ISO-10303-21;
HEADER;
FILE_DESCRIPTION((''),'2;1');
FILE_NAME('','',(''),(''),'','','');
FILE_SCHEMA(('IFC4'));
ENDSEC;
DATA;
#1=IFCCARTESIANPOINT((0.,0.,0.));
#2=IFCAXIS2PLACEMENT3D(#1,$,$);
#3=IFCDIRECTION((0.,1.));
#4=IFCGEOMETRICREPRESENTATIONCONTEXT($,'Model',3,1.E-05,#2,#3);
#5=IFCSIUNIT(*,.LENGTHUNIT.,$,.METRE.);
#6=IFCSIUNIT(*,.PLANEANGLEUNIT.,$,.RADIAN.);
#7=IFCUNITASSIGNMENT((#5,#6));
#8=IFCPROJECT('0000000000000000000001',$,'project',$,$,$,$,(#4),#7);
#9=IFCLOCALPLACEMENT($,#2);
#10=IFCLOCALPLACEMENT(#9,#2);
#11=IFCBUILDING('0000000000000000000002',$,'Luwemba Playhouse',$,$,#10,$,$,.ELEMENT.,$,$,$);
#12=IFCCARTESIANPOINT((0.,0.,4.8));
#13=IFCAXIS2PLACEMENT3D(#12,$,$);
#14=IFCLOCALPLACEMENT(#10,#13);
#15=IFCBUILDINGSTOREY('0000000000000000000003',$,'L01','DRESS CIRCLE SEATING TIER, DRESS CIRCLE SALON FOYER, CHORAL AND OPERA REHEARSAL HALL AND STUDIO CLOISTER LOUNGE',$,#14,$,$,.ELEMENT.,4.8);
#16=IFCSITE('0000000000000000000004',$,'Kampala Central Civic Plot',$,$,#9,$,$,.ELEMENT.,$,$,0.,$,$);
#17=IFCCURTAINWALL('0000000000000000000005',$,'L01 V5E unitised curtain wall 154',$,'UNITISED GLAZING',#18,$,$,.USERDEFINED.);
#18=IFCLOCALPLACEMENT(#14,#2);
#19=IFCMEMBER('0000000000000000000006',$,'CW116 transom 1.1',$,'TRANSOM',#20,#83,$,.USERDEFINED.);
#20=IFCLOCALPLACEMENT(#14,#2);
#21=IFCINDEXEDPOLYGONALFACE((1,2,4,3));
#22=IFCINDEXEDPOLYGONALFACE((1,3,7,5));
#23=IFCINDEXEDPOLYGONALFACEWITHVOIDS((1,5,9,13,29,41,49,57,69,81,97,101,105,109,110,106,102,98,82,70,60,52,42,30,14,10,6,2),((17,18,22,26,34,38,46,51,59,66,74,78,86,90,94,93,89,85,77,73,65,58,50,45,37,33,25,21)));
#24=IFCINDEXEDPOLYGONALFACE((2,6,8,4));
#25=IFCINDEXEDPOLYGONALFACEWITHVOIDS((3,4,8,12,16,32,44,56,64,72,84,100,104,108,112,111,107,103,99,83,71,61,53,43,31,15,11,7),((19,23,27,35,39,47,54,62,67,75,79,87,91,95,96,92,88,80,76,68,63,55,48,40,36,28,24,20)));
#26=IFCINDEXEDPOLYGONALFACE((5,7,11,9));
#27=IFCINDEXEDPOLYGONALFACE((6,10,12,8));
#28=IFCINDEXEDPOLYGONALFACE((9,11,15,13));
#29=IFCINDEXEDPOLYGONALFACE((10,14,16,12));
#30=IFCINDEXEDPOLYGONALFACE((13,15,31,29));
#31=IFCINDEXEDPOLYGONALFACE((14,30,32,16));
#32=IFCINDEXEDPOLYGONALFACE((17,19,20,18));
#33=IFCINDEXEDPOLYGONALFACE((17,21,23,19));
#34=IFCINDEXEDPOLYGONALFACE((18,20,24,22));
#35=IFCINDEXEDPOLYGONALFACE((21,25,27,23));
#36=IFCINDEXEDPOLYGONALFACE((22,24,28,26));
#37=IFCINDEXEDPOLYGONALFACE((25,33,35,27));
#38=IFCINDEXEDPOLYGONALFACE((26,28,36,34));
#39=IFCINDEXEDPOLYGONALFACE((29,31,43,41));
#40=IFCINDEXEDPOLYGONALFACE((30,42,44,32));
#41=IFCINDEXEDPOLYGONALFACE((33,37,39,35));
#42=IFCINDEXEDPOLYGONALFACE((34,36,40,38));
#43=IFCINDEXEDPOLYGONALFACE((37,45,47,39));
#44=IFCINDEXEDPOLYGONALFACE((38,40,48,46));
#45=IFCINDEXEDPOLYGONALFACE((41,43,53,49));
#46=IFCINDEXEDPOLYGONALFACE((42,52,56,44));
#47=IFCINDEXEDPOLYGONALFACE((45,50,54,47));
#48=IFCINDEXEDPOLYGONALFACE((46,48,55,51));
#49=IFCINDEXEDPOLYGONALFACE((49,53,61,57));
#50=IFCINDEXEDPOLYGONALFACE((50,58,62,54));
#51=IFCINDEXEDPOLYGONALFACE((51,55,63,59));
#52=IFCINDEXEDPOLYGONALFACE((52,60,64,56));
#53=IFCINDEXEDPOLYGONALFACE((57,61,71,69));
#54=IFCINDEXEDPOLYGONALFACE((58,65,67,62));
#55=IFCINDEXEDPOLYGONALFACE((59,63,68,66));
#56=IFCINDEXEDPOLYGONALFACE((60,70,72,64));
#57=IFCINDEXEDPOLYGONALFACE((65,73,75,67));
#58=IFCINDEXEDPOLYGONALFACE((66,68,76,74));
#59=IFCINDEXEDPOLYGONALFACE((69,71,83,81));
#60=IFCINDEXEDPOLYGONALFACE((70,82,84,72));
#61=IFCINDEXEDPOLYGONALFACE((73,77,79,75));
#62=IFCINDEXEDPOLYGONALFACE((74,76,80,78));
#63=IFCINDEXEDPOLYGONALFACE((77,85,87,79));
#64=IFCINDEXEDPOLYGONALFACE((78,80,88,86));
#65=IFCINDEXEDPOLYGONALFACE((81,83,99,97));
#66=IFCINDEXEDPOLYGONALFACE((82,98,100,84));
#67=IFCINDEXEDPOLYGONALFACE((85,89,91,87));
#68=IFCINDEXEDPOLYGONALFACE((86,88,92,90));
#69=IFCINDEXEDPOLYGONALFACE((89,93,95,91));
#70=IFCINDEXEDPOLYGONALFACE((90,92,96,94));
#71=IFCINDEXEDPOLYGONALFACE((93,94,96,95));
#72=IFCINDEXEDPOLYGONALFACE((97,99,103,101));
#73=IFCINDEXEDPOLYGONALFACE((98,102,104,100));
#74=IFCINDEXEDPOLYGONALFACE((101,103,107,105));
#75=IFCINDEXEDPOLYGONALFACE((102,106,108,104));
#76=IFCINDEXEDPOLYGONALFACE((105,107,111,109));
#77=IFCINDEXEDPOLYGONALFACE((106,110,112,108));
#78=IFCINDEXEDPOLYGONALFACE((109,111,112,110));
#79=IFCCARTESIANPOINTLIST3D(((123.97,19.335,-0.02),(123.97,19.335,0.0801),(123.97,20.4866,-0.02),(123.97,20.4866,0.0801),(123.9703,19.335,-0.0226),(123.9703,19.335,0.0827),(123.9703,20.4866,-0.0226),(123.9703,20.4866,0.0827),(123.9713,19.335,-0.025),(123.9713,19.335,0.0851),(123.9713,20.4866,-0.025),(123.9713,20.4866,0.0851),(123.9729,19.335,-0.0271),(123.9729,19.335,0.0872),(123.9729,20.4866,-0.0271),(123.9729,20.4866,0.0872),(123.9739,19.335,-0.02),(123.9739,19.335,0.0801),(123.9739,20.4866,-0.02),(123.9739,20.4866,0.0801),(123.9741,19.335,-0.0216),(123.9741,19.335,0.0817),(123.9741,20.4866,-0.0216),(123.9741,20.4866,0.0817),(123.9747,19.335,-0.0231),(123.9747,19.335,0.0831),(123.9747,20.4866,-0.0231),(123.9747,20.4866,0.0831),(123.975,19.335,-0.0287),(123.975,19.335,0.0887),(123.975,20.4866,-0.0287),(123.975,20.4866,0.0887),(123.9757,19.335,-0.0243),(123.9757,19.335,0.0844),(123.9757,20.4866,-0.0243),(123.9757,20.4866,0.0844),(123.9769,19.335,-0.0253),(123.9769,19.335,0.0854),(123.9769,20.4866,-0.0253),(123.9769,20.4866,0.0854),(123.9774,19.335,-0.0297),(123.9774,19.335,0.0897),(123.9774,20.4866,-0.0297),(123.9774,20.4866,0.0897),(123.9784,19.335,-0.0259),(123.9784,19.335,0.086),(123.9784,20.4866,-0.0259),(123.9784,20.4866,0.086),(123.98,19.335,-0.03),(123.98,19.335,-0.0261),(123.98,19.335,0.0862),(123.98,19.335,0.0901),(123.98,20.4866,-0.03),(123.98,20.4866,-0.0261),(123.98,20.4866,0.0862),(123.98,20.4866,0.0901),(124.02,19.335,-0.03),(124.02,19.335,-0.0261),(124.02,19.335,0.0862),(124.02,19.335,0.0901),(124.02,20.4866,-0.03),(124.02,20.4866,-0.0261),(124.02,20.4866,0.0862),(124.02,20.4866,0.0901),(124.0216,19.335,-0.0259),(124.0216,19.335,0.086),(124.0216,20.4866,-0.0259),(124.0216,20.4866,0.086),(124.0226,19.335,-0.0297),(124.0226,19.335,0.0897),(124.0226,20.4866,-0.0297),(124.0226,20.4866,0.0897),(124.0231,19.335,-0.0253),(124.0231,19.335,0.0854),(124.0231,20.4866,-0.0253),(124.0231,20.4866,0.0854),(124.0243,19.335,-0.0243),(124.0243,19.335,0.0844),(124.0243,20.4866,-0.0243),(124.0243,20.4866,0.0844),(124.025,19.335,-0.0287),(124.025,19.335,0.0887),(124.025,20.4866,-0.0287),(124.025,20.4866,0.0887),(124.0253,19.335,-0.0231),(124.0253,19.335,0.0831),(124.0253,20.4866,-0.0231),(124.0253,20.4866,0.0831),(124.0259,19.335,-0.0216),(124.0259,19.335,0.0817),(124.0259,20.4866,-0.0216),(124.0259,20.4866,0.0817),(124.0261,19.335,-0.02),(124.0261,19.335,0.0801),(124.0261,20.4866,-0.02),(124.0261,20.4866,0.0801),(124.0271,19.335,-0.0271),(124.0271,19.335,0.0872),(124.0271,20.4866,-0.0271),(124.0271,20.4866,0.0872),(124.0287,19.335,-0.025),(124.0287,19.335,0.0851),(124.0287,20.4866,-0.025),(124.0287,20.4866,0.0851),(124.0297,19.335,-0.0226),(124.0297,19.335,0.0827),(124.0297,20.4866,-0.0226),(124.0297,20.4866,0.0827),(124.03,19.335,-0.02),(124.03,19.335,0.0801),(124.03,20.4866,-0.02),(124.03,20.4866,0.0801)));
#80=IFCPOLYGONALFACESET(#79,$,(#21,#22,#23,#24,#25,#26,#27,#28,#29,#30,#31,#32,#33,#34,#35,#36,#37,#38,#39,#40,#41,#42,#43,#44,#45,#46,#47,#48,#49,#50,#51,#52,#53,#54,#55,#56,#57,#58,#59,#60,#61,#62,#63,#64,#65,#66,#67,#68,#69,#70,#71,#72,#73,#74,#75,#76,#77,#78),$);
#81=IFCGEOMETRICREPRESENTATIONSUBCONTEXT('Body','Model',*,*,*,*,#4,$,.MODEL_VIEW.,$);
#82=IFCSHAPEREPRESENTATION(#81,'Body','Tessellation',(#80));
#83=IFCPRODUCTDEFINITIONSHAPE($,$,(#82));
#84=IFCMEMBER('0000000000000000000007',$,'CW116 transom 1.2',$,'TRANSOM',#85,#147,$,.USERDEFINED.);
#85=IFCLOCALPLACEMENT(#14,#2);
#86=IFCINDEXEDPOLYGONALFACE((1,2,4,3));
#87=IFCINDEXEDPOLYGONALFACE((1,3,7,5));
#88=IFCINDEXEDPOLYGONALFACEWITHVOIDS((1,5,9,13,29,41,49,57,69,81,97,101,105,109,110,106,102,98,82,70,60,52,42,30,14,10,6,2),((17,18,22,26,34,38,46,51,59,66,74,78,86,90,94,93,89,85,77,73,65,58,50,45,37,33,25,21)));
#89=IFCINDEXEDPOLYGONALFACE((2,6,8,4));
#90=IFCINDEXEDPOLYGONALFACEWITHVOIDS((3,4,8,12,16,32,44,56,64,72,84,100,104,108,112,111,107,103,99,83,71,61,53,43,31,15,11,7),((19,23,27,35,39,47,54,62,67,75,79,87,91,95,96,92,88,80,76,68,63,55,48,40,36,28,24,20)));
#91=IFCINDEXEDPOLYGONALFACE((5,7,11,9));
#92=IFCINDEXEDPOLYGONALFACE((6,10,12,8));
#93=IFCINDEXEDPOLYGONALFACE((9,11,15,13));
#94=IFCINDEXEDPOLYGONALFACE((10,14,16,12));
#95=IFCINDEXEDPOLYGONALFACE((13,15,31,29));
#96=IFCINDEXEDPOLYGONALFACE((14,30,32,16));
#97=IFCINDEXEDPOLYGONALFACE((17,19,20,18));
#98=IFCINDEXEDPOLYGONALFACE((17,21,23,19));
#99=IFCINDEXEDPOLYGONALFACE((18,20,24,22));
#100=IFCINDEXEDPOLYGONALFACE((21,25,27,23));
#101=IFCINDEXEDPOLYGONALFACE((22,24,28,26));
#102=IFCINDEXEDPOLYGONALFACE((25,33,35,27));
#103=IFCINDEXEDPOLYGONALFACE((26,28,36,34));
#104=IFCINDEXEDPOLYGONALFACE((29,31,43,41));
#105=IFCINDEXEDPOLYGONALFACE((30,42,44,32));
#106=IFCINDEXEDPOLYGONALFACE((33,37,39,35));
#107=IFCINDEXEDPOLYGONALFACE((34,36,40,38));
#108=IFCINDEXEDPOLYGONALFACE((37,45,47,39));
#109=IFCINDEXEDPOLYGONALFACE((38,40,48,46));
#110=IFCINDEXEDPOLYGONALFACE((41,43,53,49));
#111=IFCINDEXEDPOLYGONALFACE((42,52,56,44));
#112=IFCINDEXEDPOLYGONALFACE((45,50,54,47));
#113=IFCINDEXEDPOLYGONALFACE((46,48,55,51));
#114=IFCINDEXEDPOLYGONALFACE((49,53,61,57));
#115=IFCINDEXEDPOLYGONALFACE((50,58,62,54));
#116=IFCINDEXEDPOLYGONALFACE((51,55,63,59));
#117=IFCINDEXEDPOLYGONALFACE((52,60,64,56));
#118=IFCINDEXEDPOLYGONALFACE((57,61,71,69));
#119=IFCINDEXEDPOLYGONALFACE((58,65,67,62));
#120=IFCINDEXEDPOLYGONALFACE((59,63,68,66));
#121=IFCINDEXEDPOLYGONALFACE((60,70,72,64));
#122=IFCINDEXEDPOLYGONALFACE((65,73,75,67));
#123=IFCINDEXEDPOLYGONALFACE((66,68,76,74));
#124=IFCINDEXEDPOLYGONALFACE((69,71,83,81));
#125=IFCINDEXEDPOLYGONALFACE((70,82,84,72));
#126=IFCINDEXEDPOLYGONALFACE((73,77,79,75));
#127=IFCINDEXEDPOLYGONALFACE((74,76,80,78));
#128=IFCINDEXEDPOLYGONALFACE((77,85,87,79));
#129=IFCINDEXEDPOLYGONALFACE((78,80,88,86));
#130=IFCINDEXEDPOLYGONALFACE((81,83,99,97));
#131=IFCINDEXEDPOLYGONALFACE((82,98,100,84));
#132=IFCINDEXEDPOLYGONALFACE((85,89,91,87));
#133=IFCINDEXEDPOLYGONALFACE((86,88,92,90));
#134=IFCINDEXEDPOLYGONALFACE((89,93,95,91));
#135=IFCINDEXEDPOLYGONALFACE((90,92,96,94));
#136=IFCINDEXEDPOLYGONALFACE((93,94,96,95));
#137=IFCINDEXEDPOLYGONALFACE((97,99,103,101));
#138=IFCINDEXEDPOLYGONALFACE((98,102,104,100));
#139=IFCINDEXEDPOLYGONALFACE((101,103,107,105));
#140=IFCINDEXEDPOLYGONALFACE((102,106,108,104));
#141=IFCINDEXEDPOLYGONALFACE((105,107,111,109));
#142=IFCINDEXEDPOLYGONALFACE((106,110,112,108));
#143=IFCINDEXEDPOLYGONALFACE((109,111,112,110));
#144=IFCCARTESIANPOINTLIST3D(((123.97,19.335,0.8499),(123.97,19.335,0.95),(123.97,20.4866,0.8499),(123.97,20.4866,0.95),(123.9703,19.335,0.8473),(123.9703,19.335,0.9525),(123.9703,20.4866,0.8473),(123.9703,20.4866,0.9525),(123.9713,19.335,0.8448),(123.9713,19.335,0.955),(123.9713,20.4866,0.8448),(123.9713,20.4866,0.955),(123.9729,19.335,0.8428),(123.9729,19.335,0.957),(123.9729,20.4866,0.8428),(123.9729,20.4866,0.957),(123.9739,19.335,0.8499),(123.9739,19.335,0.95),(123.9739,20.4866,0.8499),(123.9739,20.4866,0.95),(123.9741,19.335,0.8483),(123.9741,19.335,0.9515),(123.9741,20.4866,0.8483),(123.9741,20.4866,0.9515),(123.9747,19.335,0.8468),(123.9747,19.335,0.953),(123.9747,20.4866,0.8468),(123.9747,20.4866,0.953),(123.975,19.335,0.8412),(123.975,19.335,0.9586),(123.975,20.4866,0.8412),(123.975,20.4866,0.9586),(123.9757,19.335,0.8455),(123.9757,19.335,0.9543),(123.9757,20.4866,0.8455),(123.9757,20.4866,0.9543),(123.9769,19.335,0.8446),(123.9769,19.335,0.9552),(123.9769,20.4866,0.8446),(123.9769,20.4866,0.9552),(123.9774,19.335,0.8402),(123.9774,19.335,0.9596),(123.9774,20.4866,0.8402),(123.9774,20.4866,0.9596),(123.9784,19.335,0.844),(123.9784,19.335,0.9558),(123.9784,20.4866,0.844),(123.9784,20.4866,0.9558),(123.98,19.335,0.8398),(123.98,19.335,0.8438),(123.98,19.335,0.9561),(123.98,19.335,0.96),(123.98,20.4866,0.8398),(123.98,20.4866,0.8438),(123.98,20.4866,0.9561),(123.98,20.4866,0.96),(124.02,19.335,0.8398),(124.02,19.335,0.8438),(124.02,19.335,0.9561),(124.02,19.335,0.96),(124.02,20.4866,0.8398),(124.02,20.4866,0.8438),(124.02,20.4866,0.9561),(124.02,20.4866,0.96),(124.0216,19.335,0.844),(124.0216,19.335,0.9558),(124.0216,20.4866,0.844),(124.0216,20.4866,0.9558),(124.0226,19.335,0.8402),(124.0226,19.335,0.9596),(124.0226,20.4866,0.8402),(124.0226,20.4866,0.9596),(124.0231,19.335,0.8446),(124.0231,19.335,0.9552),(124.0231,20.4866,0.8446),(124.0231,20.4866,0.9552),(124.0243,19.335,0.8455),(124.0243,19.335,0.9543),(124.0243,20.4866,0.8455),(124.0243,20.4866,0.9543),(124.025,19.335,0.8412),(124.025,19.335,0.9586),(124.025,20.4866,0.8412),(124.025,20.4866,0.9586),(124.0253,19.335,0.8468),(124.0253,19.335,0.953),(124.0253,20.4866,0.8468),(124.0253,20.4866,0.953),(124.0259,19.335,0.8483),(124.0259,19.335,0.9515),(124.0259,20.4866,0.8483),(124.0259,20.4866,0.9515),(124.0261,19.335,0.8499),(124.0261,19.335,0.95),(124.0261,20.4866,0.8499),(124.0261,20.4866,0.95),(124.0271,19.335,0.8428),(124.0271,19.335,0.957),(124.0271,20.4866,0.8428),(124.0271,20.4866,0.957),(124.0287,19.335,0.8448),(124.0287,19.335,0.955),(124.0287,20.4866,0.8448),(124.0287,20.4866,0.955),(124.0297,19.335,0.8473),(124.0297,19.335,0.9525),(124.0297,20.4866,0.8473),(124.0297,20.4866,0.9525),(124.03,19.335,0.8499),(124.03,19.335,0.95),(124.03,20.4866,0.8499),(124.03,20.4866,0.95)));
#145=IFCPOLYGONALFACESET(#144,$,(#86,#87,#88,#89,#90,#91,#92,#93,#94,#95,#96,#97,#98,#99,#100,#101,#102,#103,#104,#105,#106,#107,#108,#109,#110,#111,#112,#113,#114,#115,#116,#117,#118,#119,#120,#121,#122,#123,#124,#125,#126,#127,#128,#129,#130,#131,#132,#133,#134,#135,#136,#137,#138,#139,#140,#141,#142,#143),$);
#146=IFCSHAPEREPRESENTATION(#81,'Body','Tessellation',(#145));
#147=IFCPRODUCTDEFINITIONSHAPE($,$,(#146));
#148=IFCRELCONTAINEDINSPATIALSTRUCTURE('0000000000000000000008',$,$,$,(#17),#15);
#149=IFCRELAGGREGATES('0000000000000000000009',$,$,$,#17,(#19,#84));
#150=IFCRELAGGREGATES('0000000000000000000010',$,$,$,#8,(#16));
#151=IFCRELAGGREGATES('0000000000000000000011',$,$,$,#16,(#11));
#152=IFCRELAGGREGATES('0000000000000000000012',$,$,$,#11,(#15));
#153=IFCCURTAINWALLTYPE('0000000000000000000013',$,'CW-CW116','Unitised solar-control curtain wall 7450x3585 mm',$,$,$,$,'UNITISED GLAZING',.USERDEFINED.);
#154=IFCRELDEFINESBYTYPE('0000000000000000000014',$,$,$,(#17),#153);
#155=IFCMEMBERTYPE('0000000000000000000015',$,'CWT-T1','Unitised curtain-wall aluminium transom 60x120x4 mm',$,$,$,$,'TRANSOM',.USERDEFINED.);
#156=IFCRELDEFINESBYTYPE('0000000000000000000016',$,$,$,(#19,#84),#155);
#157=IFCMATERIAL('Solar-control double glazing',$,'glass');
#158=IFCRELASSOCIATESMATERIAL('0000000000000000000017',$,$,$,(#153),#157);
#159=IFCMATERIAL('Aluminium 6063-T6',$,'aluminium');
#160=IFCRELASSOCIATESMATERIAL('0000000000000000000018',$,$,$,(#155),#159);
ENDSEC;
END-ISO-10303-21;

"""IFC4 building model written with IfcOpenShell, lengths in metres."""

from ifc_helpers import new_model, si_unit, direction, frame, origin, origin_2d, place, context, subcontext, project, spatial, hollow_rectangle, extrude, material, material_profile, profile_set, type_object, element, aggregate, save


model = new_model("IFC4")

# Units and contexts
model_context = context("Model", 3, precision=1e-05, world=origin(), true_north=direction((0.0, 1.0)))
body_context = subcontext(model_context, "Body", "Model", "MODEL_VIEW")
ifc_project = project(units=[si_unit("LENGTHUNIT", "METRE"), si_unit("PLANEANGLEUNIT", "RADIAN")], contexts=[model_context])

# Site, building, storey
site_placement = place(None, origin())
site = spatial("IfcSite", under=ifc_project, at=site_placement, Name="Kampala Central Civic Plot", CompositionType="ELEMENT", RefElevation=0.0)
building_placement = place(site_placement, origin())
building = spatial("IfcBuilding", under=site, at=building_placement, Name="Luwemba Playhouse", CompositionType="ELEMENT")
storey_placement = place(building_placement, frame((0.0, 0.0, 4.8)))
storey = spatial("IfcBuildingStorey", under=building, at=storey_placement, Name="L01", Description="DRESS CIRCLE SEATING TIER, DRESS CIRCLE SALON FOYER, CHORAL AND OPERA REHEARSAL HALL AND STUDIO CLOISTER LOUNGE", CompositionType="ELEMENT", Elevation=4.8)

# Curtain wall, members
ifc_material_1 = material(Name="Solar-control double glazing", Category="glass")
curtain_wall_type = type_object("IfcCurtainWallType", Name="CW-CW116", Description="Unitised solar-control curtain wall 7450x3585 mm", ElementType="UNITISED GLAZING", PredefinedType="USERDEFINED", material=ifc_material_1)
curtain_wall_placement = place(storey_placement, origin())
curtain_wall = element("IfcCurtainWall", 1, at=curtain_wall_placement, inside=storey, type_object=curtain_wall_type, Name="L01 V5E unitised curtain wall 154", ObjectType="UNITISED GLAZING", PredefinedType="USERDEFINED")
ifc_material_2 = material(Name="Aluminium 6063-T6", Category="aluminium")
ifc_material_profile_1 = material_profile(ifc_material_2, hollow_rectangle(XDim=0.0601, YDim=0.1201, WallThickness=0.0039, InnerFilletRadius=0.0061, OuterFilletRadius=0.01, at=origin_2d()))
ifc_profile_set_1 = profile_set([ifc_material_profile_1], Name="Aluminium 6063-T6")
member_type_1 = type_object("IfcMemberType", Name="CWT-T1", Description="Unitised curtain-wall aluminium transom 60x120x4 mm", ElementType="TRANSOM", PredefinedType="USERDEFINED", material=ifc_profile_set_1)
member_1_placement = place(storey_placement, frame((124.0, 19.335, 0.03), z_axis=(0.0, 1.0, 0.0), x_axis=(-1.0, 0.0, 0.0)))
member_1 = element("IfcMember", 2, at=member_1_placement, type_object=member_type_1, Name="CW116 transom 1.1", ObjectType="TRANSOM", PredefinedType="USERDEFINED", context=body_context, shape_type="SweptSolid", body=[
    extrude(hollow_rectangle(XDim=0.0601, YDim=0.1201, WallThickness=0.0039, InnerFilletRadius=0.0061, OuterFilletRadius=0.01, at=origin_2d()), origin(), (0.0, 0.0, 1.0), 1.1516),
])
member_2_placement = place(storey_placement, frame((124.0, 19.335, 0.8999), z_axis=(0.0, 1.0, 0.0), x_axis=(-1.0, 0.0, 0.0)))
member_2 = element("IfcMember", 3, at=member_2_placement, type_object=member_type_1, Name="CW116 transom 1.2", ObjectType="TRANSOM", PredefinedType="USERDEFINED", context=body_context, shape_type="SweptSolid", body=[
    extrude(hollow_rectangle(XDim=0.0601, YDim=0.1201, WallThickness=0.0039, InnerFilletRadius=0.0061, OuterFilletRadius=0.01, at=origin_2d()), origin(), (0.0, 0.0, 1.0), 1.1516),
])
aggregate(curtain_wall, [member_1, member_2])

save(model, "model.ifc")
